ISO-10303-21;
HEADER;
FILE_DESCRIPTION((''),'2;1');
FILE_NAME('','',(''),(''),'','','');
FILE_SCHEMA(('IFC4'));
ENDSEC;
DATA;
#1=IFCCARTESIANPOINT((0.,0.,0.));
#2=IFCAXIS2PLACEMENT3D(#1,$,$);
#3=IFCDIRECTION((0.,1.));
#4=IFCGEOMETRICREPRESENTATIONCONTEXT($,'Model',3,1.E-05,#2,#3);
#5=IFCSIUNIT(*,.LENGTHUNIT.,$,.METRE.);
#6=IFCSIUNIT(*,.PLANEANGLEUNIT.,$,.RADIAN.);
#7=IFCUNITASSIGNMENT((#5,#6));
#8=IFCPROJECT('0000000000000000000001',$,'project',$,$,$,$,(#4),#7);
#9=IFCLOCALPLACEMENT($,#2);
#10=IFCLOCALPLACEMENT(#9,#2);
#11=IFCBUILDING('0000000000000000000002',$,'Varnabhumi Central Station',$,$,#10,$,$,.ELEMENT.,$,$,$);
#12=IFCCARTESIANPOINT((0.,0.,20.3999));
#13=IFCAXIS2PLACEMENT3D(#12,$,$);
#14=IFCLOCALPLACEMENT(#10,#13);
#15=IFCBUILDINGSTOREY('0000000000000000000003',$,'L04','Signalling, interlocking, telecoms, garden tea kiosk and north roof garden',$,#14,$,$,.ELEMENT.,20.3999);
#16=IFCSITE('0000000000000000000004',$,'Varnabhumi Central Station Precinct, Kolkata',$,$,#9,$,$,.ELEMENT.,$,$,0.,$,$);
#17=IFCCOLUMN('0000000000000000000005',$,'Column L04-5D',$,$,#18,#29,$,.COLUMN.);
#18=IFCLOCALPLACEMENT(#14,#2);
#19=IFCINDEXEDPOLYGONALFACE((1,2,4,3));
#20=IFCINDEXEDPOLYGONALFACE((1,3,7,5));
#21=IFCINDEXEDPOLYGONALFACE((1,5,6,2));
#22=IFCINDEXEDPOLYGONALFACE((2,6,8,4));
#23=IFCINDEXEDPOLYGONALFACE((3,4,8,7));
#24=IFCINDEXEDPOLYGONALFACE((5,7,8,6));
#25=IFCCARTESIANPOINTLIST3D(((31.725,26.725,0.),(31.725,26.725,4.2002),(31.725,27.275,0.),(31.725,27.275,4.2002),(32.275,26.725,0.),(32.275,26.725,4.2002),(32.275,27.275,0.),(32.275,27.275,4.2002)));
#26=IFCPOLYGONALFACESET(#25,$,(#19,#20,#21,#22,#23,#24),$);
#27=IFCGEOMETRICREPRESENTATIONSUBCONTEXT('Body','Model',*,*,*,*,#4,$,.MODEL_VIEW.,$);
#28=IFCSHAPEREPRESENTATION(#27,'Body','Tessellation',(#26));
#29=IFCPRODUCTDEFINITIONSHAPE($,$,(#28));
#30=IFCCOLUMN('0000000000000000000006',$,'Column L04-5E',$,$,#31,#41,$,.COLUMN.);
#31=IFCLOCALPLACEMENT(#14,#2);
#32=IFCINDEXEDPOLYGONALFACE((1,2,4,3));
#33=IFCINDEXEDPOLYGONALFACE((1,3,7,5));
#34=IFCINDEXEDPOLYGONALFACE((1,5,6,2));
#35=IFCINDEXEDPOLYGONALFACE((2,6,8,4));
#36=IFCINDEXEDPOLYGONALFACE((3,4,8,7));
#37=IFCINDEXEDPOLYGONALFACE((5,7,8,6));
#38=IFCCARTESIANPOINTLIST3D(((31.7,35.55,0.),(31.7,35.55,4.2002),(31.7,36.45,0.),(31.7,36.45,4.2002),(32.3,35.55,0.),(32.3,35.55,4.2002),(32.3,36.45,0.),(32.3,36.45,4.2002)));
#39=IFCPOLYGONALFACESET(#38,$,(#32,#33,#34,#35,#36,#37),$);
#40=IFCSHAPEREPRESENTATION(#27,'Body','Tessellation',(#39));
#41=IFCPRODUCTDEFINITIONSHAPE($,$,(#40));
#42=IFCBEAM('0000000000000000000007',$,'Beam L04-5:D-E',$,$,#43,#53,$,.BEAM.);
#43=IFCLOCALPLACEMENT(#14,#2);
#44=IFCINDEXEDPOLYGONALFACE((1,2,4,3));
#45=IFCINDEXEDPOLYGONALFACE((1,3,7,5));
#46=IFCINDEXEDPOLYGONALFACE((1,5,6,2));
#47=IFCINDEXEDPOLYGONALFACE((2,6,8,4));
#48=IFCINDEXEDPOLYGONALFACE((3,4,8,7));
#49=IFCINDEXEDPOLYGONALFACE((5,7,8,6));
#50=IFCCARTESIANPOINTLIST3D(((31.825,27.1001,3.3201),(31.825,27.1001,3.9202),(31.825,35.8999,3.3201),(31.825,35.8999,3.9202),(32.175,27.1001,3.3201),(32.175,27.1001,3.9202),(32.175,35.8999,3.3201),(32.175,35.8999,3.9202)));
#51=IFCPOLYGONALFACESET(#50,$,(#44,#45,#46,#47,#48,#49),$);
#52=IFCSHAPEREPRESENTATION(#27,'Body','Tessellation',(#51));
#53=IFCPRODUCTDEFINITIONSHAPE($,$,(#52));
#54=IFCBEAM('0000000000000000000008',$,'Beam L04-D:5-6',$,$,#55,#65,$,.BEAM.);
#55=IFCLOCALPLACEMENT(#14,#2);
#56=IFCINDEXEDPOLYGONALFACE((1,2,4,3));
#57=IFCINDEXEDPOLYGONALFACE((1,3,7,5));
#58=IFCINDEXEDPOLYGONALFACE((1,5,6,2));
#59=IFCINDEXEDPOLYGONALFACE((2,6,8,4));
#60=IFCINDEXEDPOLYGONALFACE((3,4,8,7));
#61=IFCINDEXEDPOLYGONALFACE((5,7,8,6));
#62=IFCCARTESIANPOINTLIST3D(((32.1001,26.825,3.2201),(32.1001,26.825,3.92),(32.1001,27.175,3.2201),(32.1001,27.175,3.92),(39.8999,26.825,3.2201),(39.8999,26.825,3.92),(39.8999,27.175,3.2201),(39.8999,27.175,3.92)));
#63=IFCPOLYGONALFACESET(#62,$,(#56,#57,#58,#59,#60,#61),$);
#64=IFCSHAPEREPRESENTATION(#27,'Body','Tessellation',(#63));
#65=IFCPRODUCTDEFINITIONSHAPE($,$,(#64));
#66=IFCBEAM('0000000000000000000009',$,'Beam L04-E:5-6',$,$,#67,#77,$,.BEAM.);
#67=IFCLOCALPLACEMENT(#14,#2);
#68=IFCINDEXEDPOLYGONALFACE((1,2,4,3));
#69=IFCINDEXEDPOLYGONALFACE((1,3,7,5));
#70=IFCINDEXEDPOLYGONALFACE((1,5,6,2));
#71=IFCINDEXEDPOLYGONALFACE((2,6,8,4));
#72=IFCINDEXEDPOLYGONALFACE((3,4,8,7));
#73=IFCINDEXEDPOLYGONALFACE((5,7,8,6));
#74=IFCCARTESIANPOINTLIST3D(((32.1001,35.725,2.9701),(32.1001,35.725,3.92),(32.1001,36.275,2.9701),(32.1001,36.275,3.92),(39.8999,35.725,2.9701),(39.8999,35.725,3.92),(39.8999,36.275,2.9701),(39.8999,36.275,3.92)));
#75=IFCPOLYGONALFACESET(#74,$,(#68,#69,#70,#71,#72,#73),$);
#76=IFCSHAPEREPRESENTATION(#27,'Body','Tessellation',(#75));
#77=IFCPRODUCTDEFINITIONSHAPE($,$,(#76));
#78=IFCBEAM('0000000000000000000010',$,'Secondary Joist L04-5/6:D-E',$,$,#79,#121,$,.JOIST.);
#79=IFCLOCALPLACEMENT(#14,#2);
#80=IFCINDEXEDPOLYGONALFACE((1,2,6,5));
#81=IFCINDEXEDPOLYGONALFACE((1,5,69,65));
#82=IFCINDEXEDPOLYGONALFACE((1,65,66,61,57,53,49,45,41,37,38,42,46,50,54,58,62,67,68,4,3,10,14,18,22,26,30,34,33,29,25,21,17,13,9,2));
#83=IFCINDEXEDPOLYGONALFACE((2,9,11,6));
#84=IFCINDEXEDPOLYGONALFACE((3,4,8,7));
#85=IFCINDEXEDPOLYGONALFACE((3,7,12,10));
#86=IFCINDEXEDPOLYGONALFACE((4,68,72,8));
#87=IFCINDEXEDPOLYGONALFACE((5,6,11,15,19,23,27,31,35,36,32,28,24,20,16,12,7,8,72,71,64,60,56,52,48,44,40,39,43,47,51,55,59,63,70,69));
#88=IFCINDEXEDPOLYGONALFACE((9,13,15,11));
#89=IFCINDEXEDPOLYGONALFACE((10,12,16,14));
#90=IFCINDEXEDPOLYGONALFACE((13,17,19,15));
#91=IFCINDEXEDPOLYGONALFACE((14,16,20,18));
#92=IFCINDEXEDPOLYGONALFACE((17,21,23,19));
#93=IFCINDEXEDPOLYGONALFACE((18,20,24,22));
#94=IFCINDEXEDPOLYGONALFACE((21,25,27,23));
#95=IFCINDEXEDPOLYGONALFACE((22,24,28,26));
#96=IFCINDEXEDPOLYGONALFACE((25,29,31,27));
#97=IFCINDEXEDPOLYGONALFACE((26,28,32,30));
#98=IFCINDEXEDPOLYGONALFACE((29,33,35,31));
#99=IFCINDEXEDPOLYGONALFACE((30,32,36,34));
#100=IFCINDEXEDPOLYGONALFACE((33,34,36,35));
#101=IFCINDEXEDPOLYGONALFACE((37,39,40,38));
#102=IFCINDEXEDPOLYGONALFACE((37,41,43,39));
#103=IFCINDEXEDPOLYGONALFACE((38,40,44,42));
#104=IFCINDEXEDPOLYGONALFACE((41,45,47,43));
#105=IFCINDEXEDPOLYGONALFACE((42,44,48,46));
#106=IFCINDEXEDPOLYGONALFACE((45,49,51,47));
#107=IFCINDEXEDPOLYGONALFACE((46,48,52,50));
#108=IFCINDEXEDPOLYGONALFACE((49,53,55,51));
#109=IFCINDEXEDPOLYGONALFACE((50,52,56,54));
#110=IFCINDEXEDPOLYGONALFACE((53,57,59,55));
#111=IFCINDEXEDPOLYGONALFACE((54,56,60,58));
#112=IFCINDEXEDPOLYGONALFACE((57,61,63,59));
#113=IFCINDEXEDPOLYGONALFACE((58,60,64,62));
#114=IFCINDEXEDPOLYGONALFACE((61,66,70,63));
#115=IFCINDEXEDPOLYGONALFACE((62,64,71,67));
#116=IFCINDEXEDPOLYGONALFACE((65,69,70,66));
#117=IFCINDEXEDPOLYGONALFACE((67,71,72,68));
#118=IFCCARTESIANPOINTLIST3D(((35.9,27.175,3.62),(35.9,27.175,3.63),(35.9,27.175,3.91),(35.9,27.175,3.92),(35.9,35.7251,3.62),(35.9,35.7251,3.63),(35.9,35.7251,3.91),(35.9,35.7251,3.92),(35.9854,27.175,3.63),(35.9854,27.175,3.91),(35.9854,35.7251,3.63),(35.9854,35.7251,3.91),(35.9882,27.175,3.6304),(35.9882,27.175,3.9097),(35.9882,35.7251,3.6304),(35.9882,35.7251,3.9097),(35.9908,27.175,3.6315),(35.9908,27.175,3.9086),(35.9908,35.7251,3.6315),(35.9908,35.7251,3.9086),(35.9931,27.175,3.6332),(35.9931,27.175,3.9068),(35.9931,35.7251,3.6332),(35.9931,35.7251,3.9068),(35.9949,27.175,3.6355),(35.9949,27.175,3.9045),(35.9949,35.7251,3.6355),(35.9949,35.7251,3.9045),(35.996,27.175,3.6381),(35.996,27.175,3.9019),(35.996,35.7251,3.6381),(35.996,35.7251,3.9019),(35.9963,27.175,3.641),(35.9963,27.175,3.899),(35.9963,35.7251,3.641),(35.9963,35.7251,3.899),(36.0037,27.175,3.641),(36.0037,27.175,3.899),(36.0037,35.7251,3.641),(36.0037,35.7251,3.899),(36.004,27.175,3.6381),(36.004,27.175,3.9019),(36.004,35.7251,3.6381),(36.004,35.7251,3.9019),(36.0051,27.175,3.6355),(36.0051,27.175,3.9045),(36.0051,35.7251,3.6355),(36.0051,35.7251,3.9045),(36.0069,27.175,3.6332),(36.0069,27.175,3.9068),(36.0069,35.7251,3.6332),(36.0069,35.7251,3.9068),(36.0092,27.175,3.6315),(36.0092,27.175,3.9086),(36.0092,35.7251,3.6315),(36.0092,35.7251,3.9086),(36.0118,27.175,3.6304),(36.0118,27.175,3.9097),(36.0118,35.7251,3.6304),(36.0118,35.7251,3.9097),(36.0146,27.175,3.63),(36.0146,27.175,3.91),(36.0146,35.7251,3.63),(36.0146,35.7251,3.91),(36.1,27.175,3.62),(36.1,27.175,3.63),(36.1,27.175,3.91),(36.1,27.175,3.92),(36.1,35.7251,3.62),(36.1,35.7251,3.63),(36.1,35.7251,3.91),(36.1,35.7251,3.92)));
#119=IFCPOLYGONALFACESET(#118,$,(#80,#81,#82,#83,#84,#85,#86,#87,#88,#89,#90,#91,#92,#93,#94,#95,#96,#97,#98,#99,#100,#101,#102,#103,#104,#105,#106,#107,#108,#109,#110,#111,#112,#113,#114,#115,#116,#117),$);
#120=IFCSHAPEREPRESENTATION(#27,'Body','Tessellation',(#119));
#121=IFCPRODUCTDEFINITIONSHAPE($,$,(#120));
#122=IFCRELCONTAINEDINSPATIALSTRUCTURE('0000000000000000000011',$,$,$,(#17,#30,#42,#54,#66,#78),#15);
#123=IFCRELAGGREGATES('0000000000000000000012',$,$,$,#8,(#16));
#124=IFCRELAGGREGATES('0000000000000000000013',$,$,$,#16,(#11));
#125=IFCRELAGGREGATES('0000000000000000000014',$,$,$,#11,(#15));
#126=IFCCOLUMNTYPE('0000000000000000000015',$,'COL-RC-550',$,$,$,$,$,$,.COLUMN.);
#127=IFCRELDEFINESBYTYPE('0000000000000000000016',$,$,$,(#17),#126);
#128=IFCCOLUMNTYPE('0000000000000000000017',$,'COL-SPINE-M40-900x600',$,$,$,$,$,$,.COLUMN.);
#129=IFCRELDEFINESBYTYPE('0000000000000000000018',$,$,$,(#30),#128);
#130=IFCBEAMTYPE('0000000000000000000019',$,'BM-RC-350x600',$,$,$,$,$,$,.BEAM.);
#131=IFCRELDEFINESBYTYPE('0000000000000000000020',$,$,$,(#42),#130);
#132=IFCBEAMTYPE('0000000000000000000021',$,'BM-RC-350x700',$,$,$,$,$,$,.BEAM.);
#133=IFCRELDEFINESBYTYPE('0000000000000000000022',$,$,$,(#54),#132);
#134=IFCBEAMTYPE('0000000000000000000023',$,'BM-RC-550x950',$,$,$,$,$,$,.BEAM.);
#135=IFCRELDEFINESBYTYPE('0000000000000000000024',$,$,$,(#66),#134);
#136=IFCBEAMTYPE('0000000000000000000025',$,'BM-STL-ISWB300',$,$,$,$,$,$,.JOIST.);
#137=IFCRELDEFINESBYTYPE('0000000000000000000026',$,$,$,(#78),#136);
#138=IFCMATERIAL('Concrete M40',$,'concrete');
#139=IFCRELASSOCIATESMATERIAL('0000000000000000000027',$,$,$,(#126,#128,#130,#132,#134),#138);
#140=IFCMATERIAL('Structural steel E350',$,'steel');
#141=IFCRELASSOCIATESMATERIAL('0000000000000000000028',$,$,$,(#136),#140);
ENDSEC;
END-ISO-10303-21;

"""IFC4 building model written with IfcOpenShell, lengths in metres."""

from ifc_helpers import new_model, si_unit, direction, frame, origin, origin_2d, place, context, subcontext, project, spatial, rectangle, i_section, extrude, material, material_profile, profile_set, type_object, element, save


model = new_model("IFC4")

# Units and contexts
model_context = context("Model", 3, precision=1e-05, world=origin(), true_north=direction((0.0, 1.0)))
body_context = subcontext(model_context, "Body", "Model", "MODEL_VIEW")
ifc_project = project(units=[si_unit("LENGTHUNIT", "METRE"), si_unit("PLANEANGLEUNIT", "RADIAN")], contexts=[model_context])

# Site, building, storey
site_placement = place(None, origin())
site = spatial("IfcSite", under=ifc_project, at=site_placement, Name="Varnabhumi Central Station Precinct, Kolkata", CompositionType="ELEMENT", RefElevation=0.0)
building_placement = place(site_placement, origin())
building = spatial("IfcBuilding", under=site, at=building_placement, Name="Varnabhumi Central Station", CompositionType="ELEMENT")
storey_placement = place(building_placement, frame((0.0, 0.0, 20.3999)))
storey = spatial("IfcBuildingStorey", under=building, at=storey_placement, Name="L04", Description="Signalling, interlocking, telecoms, garden tea kiosk and north roof garden", CompositionType="ELEMENT", Elevation=20.3999)

# Columns
ifc_material_1 = material(Name="Concrete M40", Category="concrete")
ifc_material_profile_1 = material_profile(ifc_material_1, rectangle(XDim=0.55, YDim=0.55, at=origin_2d()), Name="Concrete M40", Category="concrete")
ifc_profile_set_1 = profile_set([ifc_material_profile_1], Name="Concrete M40")
column_type_1 = type_object("IfcColumnType", Name="COL-RC-550", PredefinedType="COLUMN", material=ifc_profile_set_1)
column_1_placement = place(storey_placement, frame((32.0, 27.0, 0.0), z_axis=(0.0, 0.0, 1.0), x_axis=(1.0, 0.0, 0.0)))
element("IfcColumn", 1, at=column_1_placement, inside=storey, type_object=column_type_1, Name="Column L04-5D", PredefinedType="COLUMN", context=body_context, shape_type="SweptSolid", body=[
    extrude(rectangle(XDim=0.55, YDim=0.55, at=origin_2d()), origin(), (0.0, 0.0, 1.0), 4.2002),
])
ifc_material_profile_2 = material_profile(ifc_material_1, rectangle(XDim=0.6001, YDim=0.8999, at=origin_2d()), Name="Concrete M40", Category="concrete")
ifc_profile_set_2 = profile_set([ifc_material_profile_2], Name="Concrete M40")
column_type_2 = type_object("IfcColumnType", Name="COL-SPINE-M40-900x600", PredefinedType="COLUMN", material=ifc_profile_set_2)
column_2_placement = place(storey_placement, frame((32.0, 36.0, 0.0), z_axis=(0.0, 0.0, 1.0), x_axis=(1.0, 0.0, 0.0)))
element("IfcColumn", 2, at=column_2_placement, inside=storey, type_object=column_type_2, Name="Column L04-5E", PredefinedType="COLUMN", context=body_context, shape_type="SweptSolid", body=[
    extrude(rectangle(XDim=0.6001, YDim=0.8999, at=origin_2d()), origin(), (0.0, 0.0, 1.0), 4.2002),
])

# Beams
ifc_material_profile_3 = material_profile(ifc_material_1, rectangle(XDim=0.3501, YDim=0.6001, at=origin_2d()), Name="Concrete M40", Category="concrete")
ifc_profile_set_3 = profile_set([ifc_material_profile_3], Name="Concrete M40")
beam_type_1 = type_object("IfcBeamType", Name="BM-RC-350x600", PredefinedType="BEAM", material=ifc_profile_set_3)
beam_1_placement = place(storey_placement, frame((32.0, 27.1001, 3.6201), z_axis=(0.0, 1.0, 0.0), x_axis=(-1.0, 0.0, 0.0)))
element("IfcBeam", 3, at=beam_1_placement, inside=storey, type_object=beam_type_1, Name="Beam L04-5:D-E", PredefinedType="BEAM", context=body_context, shape_type="SweptSolid", body=[
    extrude(rectangle(XDim=0.3501, YDim=0.6001, at=origin_2d()), origin(), (0.0, 0.0, 1.0), 8.7998),
])
ifc_material_profile_4 = material_profile(ifc_material_1, rectangle(XDim=0.3501, YDim=0.7, at=origin_2d()), Name="Concrete M40", Category="concrete")
ifc_profile_set_4 = profile_set([ifc_material_profile_4], Name="Concrete M40")
beam_type_2 = type_object("IfcBeamType", Name="BM-RC-350x700", PredefinedType="BEAM", material=ifc_profile_set_4)
beam_2_placement = place(storey_placement, frame((32.1001, 27.0, 3.5701), z_axis=(1.0, 0.0, 0.0), x_axis=(0.0, 1.0, 0.0)))
element("IfcBeam", 4, at=beam_2_placement, inside=storey, type_object=beam_type_2, Name="Beam L04-D:5-6", PredefinedType="BEAM", context=body_context, shape_type="SweptSolid", body=[
    extrude(rectangle(XDim=0.3501, YDim=0.7, at=origin_2d()), origin(), (0.0, 0.0, 1.0), 7.7998),
])
ifc_material_profile_5 = material_profile(ifc_material_1, rectangle(XDim=0.55, YDim=0.95, at=origin_2d()), Name="Concrete M40", Category="concrete")
ifc_profile_set_5 = profile_set([ifc_material_profile_5], Name="Concrete M40")
beam_type_3 = type_object("IfcBeamType", Name="BM-RC-550x950", PredefinedType="BEAM", material=ifc_profile_set_5)
beam_3_placement = place(storey_placement, frame((32.1001, 36.0, 3.4451), z_axis=(1.0, 0.0, 0.0), x_axis=(0.0, 1.0, 0.0)))
element("IfcBeam", 5, at=beam_3_placement, inside=storey, type_object=beam_type_3, Name="Beam L04-E:5-6", PredefinedType="BEAM", context=body_context, shape_type="SweptSolid", body=[
    extrude(rectangle(XDim=0.55, YDim=0.95, at=origin_2d()), origin(), (0.0, 0.0, 1.0), 7.7998),
])
ifc_material_2 = material(Name="Structural steel E350", Category="steel")
ifc_material_profile_6 = material_profile(ifc_material_2, i_section(OverallWidth=0.2, OverallDepth=0.3, WebThickness=0.0073, FlangeThickness=0.01, FilletRadius=0.011, at=origin_2d()), Name="Structural steel E350", Category="steel")
ifc_profile_set_6 = profile_set([ifc_material_profile_6], Name="Structural steel E350")
beam_type_4 = type_object("IfcBeamType", Name="BM-STL-ISWB300", PredefinedType="JOIST", material=ifc_profile_set_6)
beam_4_placement = place(storey_placement, frame((36.0, 27.175, 3.77), z_axis=(0.0, 1.0, 0.0), x_axis=(-1.0, 0.0, 0.0)))
element("IfcBeam", 6, at=beam_4_placement, inside=storey, type_object=beam_type_4, Name="Secondary Joist L04-5/6:D-E", PredefinedType="JOIST", context=body_context, shape_type="SweptSolid", body=[
    extrude(i_section(OverallWidth=0.2, OverallDepth=0.3, WebThickness=0.0073, FlangeThickness=0.01, FilletRadius=0.011, at=origin_2d()), origin(), (0.0, 0.0, 1.0), 8.55),
])

save(model, "model.ifc")
